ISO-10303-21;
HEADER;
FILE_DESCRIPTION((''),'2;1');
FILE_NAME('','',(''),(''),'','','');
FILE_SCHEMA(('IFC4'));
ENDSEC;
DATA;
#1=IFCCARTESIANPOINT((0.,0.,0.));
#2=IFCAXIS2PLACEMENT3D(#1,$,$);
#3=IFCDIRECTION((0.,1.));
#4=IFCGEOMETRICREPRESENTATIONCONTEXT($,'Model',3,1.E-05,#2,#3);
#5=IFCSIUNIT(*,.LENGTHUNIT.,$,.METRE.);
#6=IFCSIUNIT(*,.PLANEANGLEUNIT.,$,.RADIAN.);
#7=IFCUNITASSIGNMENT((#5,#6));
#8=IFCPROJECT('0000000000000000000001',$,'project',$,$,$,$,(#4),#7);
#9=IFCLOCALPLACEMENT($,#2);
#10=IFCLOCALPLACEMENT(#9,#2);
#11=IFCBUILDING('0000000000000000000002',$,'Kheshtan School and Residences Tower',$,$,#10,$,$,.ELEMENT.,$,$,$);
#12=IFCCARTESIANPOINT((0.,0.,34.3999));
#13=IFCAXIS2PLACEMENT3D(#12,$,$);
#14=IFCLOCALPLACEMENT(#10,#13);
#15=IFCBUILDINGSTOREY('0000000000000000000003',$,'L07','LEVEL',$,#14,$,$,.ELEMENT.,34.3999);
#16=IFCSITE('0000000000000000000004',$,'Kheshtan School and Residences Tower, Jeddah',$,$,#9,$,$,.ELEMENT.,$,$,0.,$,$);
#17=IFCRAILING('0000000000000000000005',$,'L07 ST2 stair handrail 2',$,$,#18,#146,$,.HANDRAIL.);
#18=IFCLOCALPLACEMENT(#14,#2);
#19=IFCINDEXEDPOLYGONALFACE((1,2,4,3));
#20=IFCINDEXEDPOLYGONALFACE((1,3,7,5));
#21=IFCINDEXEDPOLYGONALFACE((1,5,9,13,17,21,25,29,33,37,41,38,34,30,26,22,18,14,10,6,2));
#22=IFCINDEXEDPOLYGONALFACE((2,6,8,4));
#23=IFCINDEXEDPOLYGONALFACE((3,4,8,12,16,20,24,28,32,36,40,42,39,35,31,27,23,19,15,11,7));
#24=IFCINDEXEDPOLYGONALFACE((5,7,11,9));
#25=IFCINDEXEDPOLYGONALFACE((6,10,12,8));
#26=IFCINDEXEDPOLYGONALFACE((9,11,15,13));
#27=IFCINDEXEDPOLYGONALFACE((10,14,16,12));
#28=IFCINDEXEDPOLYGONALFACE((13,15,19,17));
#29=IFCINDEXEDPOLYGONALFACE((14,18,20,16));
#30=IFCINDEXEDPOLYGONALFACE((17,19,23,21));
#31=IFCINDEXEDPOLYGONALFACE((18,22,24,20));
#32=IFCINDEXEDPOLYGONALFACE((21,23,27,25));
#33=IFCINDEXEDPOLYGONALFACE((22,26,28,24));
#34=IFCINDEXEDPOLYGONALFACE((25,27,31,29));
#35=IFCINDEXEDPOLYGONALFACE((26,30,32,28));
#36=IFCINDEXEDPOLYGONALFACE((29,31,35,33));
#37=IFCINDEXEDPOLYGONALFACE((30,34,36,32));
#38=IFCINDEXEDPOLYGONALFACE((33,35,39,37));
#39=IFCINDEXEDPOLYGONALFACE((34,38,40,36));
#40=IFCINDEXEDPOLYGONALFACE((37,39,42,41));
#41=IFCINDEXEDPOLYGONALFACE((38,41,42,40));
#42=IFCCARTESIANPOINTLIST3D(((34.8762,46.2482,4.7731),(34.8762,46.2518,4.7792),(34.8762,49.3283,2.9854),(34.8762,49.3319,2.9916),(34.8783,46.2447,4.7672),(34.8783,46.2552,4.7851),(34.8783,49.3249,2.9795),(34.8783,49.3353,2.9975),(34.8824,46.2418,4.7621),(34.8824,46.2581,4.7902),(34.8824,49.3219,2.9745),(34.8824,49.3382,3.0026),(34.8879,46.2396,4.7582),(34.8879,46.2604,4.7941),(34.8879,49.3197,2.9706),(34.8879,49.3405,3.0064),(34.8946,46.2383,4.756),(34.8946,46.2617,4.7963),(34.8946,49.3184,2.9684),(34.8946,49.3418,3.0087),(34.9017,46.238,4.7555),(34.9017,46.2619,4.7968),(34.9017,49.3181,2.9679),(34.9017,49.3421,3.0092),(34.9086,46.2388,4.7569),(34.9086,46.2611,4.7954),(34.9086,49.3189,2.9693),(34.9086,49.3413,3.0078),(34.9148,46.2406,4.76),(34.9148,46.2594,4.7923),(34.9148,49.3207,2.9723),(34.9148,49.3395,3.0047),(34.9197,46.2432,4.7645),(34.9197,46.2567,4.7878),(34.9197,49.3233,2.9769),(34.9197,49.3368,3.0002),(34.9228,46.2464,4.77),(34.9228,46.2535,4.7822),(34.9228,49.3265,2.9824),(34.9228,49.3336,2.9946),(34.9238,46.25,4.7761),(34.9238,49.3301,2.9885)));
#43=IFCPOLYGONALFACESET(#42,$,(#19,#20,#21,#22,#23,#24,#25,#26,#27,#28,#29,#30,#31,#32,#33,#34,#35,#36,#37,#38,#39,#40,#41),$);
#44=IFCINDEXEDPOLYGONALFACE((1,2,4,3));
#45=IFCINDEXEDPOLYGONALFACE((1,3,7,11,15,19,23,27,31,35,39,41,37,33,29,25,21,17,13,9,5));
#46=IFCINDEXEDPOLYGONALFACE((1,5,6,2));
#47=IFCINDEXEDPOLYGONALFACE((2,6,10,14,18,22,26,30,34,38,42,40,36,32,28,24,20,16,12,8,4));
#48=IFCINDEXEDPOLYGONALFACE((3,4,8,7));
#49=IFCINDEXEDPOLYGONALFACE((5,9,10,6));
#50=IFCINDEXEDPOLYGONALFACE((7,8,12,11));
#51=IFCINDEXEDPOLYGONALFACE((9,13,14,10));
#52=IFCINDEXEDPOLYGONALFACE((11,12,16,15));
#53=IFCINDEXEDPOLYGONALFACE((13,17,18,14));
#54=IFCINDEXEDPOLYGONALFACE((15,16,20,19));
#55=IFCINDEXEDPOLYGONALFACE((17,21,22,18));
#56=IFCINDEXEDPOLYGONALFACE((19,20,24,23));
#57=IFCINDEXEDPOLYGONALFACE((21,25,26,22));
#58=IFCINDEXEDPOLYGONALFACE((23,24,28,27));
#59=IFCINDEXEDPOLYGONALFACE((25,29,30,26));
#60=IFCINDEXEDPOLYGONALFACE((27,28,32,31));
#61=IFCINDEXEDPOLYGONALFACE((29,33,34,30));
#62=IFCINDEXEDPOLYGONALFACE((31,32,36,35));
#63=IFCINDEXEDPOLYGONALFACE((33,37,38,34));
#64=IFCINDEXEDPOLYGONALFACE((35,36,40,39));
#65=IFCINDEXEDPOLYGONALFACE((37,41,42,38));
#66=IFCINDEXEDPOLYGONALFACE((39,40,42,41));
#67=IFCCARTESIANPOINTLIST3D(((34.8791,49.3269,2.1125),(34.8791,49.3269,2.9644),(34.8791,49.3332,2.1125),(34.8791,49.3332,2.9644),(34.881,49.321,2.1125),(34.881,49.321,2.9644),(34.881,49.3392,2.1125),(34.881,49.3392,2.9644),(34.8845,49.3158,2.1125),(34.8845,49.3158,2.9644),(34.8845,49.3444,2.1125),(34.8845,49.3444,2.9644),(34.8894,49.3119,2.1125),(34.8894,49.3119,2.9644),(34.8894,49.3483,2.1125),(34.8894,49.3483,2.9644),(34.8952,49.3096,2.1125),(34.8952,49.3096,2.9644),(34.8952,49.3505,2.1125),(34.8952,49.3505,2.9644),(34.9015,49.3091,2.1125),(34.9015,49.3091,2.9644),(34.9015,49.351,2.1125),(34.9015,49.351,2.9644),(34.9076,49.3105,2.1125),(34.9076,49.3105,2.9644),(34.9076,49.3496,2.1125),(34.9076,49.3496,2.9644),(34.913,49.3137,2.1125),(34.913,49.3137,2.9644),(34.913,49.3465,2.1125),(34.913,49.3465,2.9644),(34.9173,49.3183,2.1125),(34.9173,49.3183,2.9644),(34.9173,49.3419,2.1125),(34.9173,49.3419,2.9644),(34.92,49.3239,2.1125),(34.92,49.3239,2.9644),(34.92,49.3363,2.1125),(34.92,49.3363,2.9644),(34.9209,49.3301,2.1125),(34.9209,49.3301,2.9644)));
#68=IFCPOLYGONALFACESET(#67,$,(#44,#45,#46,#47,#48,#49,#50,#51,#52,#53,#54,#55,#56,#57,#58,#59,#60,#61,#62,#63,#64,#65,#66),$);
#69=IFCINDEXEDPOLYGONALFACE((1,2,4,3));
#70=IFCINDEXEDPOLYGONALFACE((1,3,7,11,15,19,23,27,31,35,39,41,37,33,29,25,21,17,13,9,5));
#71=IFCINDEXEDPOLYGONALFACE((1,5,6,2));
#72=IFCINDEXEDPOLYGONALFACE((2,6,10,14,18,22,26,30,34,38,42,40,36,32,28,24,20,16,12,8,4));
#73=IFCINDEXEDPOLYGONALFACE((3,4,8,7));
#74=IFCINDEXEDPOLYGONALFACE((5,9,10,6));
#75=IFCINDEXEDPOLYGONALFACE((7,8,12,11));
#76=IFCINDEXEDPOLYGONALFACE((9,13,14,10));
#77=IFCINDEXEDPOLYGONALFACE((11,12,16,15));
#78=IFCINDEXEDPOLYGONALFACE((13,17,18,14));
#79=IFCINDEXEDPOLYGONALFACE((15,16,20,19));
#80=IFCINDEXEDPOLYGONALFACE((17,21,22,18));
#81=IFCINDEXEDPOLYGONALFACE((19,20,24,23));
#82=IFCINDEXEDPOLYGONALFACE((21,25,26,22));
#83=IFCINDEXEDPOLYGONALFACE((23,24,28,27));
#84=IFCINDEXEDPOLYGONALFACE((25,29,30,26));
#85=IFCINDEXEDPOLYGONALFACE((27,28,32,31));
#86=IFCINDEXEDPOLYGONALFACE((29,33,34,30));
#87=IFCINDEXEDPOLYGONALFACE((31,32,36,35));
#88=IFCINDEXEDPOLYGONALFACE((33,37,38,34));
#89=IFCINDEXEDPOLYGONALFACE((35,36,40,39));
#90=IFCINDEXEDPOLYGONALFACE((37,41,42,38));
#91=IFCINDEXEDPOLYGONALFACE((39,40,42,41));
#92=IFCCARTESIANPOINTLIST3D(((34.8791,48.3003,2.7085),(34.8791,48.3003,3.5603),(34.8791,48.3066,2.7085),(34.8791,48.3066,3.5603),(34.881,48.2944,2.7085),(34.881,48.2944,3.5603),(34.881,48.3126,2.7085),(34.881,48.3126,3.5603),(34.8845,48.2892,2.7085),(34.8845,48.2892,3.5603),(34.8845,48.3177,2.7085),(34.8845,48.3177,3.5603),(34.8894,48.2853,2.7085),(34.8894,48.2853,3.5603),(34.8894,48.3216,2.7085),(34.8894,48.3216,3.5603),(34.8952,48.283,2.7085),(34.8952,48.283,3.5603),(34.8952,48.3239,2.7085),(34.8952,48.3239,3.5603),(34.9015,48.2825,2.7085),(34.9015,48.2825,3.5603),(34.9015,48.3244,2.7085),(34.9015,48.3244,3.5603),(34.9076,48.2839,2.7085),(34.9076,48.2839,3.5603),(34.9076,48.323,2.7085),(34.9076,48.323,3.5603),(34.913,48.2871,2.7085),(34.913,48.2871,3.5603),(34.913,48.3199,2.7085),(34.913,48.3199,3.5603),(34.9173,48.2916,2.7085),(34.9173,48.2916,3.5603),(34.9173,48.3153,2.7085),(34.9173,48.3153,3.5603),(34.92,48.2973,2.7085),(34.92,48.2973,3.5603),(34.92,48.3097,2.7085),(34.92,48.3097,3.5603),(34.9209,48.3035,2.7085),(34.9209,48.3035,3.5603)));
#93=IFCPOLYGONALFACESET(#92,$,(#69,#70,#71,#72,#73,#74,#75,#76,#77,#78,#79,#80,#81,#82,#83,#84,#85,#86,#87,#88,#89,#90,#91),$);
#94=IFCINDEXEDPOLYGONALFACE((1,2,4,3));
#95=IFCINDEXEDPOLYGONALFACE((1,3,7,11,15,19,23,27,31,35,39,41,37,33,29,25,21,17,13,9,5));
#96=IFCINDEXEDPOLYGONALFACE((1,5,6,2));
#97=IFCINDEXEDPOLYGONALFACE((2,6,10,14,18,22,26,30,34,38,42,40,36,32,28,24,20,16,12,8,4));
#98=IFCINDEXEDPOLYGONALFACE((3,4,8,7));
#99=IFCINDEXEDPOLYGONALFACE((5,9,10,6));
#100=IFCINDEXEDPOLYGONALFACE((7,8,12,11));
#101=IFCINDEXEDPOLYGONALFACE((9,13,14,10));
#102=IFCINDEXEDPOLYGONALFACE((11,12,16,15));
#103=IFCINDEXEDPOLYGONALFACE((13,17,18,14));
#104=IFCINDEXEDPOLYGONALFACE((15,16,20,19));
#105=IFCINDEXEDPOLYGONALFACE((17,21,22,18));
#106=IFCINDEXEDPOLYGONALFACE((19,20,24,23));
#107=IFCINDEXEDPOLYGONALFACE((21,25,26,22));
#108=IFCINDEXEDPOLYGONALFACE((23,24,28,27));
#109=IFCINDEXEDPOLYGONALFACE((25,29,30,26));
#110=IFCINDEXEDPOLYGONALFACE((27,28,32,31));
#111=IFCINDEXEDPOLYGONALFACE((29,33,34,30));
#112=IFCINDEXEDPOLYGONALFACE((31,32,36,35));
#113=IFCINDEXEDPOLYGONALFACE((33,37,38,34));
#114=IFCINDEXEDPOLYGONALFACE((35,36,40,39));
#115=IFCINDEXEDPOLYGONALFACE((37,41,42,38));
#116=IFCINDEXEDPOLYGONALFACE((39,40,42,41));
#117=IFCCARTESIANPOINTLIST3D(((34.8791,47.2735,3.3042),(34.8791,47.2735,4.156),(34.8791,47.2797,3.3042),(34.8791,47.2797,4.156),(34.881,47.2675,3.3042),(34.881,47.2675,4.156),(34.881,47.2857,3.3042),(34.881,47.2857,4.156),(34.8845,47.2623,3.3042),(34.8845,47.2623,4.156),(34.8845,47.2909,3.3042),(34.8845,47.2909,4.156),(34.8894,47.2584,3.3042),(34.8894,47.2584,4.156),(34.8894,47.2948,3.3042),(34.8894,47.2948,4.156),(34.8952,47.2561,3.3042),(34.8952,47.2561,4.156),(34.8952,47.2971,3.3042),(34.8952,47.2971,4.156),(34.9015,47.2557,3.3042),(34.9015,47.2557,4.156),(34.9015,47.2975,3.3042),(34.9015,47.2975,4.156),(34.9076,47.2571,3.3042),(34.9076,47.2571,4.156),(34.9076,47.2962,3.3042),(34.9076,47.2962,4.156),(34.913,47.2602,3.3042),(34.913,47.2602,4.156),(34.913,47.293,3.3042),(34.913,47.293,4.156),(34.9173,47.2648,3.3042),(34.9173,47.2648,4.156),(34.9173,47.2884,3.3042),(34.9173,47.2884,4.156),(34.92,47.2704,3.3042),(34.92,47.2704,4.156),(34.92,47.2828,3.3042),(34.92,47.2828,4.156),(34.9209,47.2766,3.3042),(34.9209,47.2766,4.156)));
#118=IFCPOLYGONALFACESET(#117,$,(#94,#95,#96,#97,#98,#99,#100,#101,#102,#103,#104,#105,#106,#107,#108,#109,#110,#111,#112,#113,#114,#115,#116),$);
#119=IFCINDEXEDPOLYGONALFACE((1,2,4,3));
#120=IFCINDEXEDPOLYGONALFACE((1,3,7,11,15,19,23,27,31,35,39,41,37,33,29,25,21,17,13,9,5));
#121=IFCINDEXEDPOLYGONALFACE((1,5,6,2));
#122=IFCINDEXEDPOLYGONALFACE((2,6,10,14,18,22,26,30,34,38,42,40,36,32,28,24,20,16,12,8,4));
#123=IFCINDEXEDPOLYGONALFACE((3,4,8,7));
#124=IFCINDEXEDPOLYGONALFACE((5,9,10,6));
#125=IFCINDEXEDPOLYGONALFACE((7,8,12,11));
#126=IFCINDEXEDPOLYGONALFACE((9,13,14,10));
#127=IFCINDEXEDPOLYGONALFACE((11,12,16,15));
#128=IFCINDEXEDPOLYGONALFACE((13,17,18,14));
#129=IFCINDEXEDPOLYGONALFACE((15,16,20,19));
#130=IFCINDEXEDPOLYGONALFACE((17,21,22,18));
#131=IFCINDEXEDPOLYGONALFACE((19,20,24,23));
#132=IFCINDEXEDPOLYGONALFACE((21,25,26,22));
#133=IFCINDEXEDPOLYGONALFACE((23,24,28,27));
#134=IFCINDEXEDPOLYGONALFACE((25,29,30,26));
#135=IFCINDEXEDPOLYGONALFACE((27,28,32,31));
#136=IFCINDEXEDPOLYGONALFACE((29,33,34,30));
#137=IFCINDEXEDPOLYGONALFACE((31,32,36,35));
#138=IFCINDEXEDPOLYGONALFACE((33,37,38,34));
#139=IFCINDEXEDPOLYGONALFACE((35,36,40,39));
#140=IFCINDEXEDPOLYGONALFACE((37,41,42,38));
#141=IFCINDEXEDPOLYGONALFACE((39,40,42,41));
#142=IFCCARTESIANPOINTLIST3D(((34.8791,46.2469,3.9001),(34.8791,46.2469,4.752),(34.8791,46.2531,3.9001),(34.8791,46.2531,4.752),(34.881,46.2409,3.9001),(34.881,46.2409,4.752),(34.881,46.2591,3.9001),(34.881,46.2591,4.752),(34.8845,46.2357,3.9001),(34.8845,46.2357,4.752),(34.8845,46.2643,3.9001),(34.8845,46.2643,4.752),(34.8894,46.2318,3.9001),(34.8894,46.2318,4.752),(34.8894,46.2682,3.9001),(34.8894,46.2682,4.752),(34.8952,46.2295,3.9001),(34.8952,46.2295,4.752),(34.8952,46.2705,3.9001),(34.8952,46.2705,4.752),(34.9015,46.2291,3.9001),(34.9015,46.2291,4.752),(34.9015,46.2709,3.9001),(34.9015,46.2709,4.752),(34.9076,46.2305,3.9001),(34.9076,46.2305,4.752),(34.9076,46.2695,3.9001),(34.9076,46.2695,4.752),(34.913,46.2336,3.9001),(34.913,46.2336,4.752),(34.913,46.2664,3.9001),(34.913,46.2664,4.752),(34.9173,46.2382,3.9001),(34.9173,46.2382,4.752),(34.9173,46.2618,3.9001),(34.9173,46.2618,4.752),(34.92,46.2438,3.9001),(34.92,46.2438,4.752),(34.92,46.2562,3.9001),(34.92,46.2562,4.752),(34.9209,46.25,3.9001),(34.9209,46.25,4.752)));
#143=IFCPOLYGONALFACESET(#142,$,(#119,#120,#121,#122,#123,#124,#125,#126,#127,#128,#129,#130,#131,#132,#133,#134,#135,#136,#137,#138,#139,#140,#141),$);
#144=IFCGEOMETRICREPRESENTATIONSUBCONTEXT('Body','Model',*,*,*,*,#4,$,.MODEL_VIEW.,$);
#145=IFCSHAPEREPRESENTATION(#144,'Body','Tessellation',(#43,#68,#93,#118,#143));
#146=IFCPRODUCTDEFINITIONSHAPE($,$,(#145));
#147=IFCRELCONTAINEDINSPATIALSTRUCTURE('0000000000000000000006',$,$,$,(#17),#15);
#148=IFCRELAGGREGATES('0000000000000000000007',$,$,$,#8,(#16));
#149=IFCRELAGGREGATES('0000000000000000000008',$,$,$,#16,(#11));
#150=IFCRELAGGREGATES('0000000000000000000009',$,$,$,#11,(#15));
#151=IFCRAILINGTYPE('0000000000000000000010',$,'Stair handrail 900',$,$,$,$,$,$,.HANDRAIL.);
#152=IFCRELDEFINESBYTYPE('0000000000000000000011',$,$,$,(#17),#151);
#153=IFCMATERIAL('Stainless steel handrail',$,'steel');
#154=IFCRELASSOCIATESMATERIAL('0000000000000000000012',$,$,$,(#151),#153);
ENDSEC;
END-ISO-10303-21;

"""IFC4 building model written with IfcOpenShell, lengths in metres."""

from ifc_helpers import new_model, si_unit, direction, frame, origin, origin_2d, place, context, subcontext, project, spatial, circle, extrude, material, type_object, element, save


model = new_model("IFC4")

# Units and contexts
model_context = context("Model", 3, precision=1e-05, world=origin(), true_north=direction((0.0, 1.0)))
body_context = subcontext(model_context, "Body", "Model", "MODEL_VIEW")
ifc_project = project(units=[si_unit("LENGTHUNIT", "METRE"), si_unit("PLANEANGLEUNIT", "RADIAN")], contexts=[model_context])

# Site, building, storey
site_placement = place(None, origin())
site = spatial("IfcSite", under=ifc_project, at=site_placement, Name="Kheshtan School and Residences Tower, Jeddah", CompositionType="ELEMENT", RefElevation=0.0)
building_placement = place(site_placement, origin())
building = spatial("IfcBuilding", under=site, at=building_placement, Name="Kheshtan School and Residences Tower", CompositionType="ELEMENT")
storey_placement = place(building_placement, frame((0.0, 0.0, 34.3999)))
storey = spatial("IfcBuildingStorey", under=building, at=storey_placement, Name="L07", Description="LEVEL", CompositionType="ELEMENT", Elevation=34.3999)

# Railing
ifc_material_1 = material(Name="Stainless steel handrail", Category="steel")
railing_type_1 = type_object("IfcRailingType", Name="Stair handrail 900", PredefinedType="HANDRAIL", material=ifc_material_1)
railing_1_placement = place(storey_placement, frame((34.8999, 49.3301, 2.1125)))
element("IfcRailing", 1, at=railing_1_placement, inside=storey, type_object=railing_type_1, Name="L07 ST2 stair handrail 2", PredefinedType="HANDRAIL", context=body_context, shape_type="SweptSolid", body=[
    extrude(circle(Radius=0.0239, at=origin_2d()), frame((0.0, 0.0, 0.876), z_axis=(0.0, -0.864891, 0.50196), x_axis=(1.0, 0.0, 0.0)), (0.0, 0.0, 1.0), 3.5613),
    extrude(circle(Radius=0.021, at=origin_2d()), origin(), (0.0, 0.0, 1.0), 0.8518),
    extrude(circle(Radius=0.021, at=origin_2d()), frame((0.0, -1.0266, 0.5959)), (0.0, 0.0, 1.0), 0.8518),
    extrude(circle(Radius=0.021, at=origin_2d()), frame((0.0, -2.0535, 1.1917)), (0.0, 0.0, 1.0), 0.8518),
    extrude(circle(Radius=0.021, at=origin_2d()), frame((0.0, -3.0801, 1.7876)), (0.0, 0.0, 1.0), 0.8518),
])

save(model, "model.ifc")
